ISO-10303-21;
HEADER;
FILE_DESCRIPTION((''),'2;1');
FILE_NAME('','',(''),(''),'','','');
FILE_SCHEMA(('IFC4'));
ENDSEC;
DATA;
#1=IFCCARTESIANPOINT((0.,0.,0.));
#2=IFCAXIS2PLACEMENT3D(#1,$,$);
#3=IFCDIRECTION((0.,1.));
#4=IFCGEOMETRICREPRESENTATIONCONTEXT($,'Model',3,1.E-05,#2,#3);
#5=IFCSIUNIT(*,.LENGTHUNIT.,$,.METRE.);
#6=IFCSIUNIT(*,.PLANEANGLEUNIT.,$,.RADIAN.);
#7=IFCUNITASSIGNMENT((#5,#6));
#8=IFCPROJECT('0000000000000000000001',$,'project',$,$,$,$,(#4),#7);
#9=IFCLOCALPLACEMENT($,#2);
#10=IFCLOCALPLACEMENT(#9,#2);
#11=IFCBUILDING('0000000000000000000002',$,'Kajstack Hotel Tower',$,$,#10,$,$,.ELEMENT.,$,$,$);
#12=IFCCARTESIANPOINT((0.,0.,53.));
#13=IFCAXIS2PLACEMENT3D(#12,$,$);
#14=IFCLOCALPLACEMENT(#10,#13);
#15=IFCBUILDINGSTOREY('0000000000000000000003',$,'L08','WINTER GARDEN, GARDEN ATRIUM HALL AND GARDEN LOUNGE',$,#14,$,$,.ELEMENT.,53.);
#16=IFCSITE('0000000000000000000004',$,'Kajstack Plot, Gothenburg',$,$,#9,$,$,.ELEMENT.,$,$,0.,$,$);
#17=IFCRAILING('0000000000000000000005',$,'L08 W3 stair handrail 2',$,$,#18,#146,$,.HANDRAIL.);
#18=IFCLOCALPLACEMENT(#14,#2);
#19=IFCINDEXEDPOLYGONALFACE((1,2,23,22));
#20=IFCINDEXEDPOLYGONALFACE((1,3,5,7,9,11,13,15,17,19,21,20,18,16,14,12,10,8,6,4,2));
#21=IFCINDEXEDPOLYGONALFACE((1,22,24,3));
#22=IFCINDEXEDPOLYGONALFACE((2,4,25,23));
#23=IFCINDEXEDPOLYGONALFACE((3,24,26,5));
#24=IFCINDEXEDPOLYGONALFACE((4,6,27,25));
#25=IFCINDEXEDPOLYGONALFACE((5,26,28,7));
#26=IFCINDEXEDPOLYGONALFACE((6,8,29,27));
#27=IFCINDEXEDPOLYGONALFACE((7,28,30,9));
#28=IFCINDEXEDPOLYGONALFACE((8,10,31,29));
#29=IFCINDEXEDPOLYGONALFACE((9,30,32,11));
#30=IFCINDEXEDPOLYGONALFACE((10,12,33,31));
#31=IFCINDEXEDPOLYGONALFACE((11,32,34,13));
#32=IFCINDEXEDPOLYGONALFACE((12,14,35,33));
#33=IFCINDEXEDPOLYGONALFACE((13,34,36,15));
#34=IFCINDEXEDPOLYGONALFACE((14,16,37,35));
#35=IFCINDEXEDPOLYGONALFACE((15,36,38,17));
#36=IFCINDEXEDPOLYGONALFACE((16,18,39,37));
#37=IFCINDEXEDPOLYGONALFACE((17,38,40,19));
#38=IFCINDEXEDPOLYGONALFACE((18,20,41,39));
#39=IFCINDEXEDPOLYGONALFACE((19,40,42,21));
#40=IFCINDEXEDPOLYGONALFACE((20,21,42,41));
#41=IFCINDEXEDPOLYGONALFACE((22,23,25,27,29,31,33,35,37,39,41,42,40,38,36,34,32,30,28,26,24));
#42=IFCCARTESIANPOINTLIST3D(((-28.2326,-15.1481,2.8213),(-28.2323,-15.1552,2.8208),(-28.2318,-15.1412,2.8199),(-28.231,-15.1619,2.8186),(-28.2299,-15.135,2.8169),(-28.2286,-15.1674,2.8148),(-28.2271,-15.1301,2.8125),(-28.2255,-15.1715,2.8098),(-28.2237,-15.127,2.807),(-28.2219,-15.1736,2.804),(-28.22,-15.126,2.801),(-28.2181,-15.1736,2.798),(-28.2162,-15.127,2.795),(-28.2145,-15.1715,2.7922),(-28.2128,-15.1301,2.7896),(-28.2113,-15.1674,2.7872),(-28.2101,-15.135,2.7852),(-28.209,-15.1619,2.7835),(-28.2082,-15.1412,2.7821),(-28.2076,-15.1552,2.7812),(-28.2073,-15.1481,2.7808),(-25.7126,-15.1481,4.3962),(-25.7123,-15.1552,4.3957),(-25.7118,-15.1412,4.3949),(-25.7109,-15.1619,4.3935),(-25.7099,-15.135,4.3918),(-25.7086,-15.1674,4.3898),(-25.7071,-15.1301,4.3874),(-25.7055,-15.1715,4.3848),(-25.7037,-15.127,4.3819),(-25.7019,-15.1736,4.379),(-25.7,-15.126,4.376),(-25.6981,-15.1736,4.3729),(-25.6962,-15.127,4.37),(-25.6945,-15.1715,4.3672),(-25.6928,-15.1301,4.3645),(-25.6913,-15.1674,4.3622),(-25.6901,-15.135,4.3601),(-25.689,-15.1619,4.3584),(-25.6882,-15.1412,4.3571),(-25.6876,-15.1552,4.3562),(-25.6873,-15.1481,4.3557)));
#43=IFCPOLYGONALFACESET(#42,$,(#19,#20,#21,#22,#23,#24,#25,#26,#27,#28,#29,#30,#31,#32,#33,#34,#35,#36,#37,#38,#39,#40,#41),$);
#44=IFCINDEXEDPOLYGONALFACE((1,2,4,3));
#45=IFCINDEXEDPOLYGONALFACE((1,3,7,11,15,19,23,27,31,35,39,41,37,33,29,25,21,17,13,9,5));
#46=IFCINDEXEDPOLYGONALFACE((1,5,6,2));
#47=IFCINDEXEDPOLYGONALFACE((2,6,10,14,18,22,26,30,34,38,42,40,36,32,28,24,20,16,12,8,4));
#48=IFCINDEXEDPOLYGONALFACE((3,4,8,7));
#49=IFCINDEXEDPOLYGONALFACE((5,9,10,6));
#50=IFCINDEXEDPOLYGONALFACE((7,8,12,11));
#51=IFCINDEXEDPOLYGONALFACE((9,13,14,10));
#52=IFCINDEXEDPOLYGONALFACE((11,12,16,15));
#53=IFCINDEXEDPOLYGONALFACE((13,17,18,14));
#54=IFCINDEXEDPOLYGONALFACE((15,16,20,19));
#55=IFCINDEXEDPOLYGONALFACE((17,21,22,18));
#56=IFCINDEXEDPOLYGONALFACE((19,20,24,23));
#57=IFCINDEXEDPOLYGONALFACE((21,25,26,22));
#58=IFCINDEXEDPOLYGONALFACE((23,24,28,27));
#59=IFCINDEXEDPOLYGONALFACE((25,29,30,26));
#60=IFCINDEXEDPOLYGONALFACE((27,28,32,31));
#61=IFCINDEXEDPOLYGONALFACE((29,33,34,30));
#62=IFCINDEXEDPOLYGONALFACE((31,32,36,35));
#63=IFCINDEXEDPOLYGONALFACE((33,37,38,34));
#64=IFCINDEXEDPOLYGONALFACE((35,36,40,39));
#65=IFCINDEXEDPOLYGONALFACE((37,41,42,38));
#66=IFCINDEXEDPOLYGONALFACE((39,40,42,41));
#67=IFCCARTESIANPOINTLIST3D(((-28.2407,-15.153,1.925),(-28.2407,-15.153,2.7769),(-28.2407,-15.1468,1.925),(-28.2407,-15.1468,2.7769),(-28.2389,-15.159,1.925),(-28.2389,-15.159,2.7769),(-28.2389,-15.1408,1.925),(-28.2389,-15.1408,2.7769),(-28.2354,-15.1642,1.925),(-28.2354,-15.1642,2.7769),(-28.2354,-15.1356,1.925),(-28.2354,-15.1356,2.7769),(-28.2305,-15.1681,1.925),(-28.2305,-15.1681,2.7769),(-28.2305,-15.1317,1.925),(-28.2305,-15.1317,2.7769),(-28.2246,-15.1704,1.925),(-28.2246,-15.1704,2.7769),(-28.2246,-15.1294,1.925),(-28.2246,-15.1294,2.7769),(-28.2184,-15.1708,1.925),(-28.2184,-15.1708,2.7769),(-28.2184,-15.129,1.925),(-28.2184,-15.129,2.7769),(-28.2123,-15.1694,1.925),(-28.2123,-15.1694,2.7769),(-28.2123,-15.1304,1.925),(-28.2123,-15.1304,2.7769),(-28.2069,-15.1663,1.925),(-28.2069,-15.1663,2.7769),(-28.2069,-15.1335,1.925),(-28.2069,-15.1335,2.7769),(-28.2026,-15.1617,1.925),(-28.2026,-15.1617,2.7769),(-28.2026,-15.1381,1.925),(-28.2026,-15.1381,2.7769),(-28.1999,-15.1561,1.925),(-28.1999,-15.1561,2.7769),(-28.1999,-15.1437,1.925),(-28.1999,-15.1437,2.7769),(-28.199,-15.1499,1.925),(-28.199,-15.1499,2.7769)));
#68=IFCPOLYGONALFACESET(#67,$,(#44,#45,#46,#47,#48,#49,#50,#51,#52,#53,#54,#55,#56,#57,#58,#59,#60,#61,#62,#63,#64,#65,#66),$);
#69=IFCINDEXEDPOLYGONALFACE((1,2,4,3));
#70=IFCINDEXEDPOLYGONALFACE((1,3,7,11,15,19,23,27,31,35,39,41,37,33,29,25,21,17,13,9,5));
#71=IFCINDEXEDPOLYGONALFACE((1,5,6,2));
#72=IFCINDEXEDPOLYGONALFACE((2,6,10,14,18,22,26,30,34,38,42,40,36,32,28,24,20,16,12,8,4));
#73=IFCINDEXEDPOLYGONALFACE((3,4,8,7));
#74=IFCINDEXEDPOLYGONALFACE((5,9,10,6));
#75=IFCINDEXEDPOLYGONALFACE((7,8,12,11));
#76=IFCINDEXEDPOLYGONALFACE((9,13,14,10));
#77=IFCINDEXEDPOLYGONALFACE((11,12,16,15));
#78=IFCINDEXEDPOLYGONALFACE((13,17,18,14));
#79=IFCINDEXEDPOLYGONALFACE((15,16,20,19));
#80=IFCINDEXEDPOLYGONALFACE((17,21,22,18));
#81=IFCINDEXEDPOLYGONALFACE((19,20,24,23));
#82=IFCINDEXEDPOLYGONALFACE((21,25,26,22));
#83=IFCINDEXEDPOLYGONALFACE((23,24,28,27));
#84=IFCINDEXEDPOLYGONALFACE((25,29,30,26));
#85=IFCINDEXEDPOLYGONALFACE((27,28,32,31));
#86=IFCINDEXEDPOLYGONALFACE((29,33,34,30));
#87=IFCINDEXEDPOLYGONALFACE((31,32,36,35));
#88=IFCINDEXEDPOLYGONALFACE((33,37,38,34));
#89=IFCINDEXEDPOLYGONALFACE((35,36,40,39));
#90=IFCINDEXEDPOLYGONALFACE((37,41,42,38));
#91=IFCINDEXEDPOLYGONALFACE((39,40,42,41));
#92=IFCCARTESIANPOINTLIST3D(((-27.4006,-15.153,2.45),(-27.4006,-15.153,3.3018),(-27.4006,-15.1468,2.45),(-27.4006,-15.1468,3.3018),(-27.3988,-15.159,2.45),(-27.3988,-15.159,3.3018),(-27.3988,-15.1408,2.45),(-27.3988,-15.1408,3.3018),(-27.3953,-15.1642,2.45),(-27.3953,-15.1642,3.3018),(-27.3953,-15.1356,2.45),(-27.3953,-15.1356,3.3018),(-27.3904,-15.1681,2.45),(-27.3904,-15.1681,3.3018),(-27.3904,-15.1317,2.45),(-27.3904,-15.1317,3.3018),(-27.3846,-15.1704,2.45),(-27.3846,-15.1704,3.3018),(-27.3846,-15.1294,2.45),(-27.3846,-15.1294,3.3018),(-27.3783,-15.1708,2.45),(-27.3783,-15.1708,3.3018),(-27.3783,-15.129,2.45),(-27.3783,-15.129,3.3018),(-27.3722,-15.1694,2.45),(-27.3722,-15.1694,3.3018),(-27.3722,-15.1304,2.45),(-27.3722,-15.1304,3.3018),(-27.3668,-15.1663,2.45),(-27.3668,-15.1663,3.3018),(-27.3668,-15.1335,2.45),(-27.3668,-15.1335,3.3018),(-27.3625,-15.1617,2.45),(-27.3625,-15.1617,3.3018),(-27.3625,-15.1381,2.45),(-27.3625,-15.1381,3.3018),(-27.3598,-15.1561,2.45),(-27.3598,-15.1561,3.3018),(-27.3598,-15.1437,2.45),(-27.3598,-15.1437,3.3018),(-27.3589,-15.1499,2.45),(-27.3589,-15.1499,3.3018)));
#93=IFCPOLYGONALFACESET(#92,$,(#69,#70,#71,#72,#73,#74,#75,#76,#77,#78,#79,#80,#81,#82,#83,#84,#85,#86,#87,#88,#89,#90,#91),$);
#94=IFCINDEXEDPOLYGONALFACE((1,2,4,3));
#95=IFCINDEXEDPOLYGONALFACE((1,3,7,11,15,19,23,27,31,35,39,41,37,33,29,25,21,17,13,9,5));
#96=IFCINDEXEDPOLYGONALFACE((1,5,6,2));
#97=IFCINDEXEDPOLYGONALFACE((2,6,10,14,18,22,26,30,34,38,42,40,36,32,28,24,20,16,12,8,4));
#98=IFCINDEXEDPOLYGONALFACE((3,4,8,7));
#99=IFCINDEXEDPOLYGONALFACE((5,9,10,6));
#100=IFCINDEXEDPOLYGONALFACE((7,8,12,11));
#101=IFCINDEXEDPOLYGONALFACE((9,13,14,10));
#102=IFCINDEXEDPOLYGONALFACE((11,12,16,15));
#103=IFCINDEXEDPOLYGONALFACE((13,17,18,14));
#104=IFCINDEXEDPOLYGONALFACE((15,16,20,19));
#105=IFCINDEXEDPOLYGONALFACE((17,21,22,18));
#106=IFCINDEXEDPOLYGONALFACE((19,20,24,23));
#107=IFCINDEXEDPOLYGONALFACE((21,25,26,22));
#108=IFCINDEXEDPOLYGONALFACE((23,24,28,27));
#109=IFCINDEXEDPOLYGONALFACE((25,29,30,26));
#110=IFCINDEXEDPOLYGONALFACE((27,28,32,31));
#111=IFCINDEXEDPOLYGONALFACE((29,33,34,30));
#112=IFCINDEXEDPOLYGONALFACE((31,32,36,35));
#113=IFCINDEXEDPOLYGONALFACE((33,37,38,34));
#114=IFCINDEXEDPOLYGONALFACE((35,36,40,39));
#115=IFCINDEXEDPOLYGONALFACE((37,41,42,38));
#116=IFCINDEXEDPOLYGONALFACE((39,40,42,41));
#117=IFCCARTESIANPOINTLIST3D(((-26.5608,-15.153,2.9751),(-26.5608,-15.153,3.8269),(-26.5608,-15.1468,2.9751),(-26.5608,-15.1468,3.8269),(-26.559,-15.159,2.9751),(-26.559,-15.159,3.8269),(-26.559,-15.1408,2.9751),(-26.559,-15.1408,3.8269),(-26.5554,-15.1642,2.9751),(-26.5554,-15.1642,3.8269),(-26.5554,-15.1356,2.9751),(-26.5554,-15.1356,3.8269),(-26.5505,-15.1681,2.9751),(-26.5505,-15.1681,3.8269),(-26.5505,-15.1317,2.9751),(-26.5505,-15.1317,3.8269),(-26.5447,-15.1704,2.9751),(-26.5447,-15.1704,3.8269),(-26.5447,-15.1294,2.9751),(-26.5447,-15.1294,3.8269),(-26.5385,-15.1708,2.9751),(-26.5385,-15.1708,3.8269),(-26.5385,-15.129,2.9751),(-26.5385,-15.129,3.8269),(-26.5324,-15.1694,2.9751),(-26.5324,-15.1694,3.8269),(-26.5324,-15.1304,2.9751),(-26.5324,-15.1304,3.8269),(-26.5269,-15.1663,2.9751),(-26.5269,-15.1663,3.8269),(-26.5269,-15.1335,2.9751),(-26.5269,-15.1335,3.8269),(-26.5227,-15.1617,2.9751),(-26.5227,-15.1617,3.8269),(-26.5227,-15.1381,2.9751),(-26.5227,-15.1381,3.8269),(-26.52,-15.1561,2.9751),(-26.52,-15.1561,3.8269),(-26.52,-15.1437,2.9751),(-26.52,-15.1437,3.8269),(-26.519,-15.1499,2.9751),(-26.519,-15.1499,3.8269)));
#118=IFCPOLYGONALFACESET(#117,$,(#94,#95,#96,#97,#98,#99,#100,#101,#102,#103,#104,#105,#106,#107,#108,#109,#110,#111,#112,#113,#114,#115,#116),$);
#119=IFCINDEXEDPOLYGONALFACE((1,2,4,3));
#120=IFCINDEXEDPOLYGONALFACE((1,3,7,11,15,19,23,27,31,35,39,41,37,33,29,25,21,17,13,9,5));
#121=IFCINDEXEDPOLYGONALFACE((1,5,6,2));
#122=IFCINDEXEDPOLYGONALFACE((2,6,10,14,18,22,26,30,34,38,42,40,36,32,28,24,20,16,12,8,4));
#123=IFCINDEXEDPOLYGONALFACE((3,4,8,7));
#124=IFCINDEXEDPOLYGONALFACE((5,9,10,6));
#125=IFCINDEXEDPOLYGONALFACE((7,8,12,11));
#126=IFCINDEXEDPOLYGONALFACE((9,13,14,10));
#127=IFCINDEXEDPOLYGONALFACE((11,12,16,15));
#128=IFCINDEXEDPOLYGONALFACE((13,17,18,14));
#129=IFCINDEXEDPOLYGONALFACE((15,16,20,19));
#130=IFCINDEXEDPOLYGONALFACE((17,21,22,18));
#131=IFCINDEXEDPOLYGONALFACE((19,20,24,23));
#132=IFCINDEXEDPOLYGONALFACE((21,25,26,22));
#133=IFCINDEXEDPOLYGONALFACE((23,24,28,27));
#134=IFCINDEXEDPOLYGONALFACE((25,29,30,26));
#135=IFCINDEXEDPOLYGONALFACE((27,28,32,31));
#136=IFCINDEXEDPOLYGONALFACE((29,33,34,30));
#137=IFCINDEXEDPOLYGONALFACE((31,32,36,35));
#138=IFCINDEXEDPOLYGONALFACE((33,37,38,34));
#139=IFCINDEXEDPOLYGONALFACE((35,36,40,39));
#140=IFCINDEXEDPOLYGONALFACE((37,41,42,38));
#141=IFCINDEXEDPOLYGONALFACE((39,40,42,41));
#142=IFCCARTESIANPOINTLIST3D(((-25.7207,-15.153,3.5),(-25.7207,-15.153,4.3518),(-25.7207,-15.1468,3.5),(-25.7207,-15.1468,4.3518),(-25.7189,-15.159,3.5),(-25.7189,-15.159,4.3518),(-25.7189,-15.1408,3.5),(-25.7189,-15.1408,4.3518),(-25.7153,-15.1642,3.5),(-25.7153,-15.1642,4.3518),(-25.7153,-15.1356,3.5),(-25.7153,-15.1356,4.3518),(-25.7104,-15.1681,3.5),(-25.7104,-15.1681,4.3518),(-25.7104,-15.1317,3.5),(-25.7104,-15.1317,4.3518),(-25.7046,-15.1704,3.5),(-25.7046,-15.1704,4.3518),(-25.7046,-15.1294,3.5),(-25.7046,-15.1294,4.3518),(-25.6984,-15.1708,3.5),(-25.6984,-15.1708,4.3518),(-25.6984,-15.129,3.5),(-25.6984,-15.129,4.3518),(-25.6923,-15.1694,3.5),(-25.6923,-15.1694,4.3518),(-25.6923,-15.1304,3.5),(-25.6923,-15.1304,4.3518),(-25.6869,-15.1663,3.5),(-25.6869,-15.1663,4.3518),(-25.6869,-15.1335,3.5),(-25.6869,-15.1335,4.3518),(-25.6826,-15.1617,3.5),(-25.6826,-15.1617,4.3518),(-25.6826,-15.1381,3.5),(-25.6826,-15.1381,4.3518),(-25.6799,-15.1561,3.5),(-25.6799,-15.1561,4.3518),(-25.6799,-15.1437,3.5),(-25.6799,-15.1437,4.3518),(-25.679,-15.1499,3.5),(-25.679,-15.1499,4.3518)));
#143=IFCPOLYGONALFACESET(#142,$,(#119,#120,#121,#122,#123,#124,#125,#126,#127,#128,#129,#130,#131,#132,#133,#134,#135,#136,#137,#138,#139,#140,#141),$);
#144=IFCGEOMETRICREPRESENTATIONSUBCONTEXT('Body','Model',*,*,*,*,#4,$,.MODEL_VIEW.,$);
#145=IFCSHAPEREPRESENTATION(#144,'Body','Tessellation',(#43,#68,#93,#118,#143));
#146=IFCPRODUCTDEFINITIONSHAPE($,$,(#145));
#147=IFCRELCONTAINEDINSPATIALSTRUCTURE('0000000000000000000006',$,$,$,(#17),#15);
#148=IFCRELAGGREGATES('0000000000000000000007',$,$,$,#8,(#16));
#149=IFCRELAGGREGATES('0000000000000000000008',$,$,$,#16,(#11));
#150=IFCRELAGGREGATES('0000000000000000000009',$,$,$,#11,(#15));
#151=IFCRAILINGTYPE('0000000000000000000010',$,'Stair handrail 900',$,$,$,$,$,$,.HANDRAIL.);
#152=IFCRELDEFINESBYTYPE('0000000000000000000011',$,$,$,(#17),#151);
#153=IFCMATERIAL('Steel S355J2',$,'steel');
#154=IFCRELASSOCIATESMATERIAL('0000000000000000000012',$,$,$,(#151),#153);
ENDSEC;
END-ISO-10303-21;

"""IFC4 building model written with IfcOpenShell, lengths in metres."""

from ifc_helpers import new_model, si_unit, direction, frame, origin, origin_2d, place, context, subcontext, project, spatial, circle, extrude, material, type_object, element, save


model = new_model("IFC4")

# Units and contexts
model_context = context("Model", 3, precision=1e-05, world=origin(), true_north=direction((0.0, 1.0)))
body_context = subcontext(model_context, "Body", "Model", "MODEL_VIEW")
ifc_project = project(units=[si_unit("LENGTHUNIT", "METRE"), si_unit("PLANEANGLEUNIT", "RADIAN")], contexts=[model_context])

# Site, building, storey
site_placement = place(None, origin())
site = spatial("IfcSite", under=ifc_project, at=site_placement, Name="Kajstack Plot, Gothenburg", CompositionType="ELEMENT", RefElevation=0.0)
building_placement = place(site_placement, origin())
building = spatial("IfcBuilding", under=site, at=building_placement, Name="Kajstack Hotel Tower", CompositionType="ELEMENT")
storey_placement = place(building_placement, frame((0.0, 0.0, 53.0)))
storey = spatial("IfcBuildingStorey", under=building, at=storey_placement, Name="L08", Description="WINTER GARDEN, GARDEN ATRIUM HALL AND GARDEN LOUNGE", CompositionType="ELEMENT", Elevation=53.0)

# Railing
ifc_material_1 = material(Name="Steel S355J2", Category="steel")
railing_type_1 = type_object("IfcRailingType", Name="Stair handrail 900", PredefinedType="HANDRAIL", material=ifc_material_1)
for number, where, name in (
    (1, (-28.22, -15.1499, 1.925), "L08 W3 stair handrail 2"),
):
    element("IfcRailing", number, at=place(storey_placement, frame(where)), inside=storey, type_object=railing_type_1, Name=name, PredefinedType="HANDRAIL", context=body_context, shape_type="SweptSolid", body=[
        extrude(circle(Radius=0.0239, at=origin_2d()), frame((0.0, 0.0, 0.876), z_axis=(0.848008, 0.0, 0.529984), x_axis=(0.0, 1.0, 0.0)), (0.0, 0.0, 1.0), 2.9717),
        extrude(circle(Radius=0.021, at=origin_2d()), origin(), (0.0, 0.0, 1.0), 0.8518),
        extrude(circle(Radius=0.021, at=origin_2d()), frame((0.8401, 0.0, 0.5249)), (0.0, 0.0, 1.0), 0.8518),
        extrude(circle(Radius=0.021, at=origin_2d()), frame((1.6799, 0.0, 1.05)), (0.0, 0.0, 1.0), 0.8518),
        extrude(circle(Radius=0.021, at=origin_2d()), frame((2.52, 0.0, 1.575)), (0.0, 0.0, 1.0), 0.8518),
    ])

save(model, "model.ifc")
